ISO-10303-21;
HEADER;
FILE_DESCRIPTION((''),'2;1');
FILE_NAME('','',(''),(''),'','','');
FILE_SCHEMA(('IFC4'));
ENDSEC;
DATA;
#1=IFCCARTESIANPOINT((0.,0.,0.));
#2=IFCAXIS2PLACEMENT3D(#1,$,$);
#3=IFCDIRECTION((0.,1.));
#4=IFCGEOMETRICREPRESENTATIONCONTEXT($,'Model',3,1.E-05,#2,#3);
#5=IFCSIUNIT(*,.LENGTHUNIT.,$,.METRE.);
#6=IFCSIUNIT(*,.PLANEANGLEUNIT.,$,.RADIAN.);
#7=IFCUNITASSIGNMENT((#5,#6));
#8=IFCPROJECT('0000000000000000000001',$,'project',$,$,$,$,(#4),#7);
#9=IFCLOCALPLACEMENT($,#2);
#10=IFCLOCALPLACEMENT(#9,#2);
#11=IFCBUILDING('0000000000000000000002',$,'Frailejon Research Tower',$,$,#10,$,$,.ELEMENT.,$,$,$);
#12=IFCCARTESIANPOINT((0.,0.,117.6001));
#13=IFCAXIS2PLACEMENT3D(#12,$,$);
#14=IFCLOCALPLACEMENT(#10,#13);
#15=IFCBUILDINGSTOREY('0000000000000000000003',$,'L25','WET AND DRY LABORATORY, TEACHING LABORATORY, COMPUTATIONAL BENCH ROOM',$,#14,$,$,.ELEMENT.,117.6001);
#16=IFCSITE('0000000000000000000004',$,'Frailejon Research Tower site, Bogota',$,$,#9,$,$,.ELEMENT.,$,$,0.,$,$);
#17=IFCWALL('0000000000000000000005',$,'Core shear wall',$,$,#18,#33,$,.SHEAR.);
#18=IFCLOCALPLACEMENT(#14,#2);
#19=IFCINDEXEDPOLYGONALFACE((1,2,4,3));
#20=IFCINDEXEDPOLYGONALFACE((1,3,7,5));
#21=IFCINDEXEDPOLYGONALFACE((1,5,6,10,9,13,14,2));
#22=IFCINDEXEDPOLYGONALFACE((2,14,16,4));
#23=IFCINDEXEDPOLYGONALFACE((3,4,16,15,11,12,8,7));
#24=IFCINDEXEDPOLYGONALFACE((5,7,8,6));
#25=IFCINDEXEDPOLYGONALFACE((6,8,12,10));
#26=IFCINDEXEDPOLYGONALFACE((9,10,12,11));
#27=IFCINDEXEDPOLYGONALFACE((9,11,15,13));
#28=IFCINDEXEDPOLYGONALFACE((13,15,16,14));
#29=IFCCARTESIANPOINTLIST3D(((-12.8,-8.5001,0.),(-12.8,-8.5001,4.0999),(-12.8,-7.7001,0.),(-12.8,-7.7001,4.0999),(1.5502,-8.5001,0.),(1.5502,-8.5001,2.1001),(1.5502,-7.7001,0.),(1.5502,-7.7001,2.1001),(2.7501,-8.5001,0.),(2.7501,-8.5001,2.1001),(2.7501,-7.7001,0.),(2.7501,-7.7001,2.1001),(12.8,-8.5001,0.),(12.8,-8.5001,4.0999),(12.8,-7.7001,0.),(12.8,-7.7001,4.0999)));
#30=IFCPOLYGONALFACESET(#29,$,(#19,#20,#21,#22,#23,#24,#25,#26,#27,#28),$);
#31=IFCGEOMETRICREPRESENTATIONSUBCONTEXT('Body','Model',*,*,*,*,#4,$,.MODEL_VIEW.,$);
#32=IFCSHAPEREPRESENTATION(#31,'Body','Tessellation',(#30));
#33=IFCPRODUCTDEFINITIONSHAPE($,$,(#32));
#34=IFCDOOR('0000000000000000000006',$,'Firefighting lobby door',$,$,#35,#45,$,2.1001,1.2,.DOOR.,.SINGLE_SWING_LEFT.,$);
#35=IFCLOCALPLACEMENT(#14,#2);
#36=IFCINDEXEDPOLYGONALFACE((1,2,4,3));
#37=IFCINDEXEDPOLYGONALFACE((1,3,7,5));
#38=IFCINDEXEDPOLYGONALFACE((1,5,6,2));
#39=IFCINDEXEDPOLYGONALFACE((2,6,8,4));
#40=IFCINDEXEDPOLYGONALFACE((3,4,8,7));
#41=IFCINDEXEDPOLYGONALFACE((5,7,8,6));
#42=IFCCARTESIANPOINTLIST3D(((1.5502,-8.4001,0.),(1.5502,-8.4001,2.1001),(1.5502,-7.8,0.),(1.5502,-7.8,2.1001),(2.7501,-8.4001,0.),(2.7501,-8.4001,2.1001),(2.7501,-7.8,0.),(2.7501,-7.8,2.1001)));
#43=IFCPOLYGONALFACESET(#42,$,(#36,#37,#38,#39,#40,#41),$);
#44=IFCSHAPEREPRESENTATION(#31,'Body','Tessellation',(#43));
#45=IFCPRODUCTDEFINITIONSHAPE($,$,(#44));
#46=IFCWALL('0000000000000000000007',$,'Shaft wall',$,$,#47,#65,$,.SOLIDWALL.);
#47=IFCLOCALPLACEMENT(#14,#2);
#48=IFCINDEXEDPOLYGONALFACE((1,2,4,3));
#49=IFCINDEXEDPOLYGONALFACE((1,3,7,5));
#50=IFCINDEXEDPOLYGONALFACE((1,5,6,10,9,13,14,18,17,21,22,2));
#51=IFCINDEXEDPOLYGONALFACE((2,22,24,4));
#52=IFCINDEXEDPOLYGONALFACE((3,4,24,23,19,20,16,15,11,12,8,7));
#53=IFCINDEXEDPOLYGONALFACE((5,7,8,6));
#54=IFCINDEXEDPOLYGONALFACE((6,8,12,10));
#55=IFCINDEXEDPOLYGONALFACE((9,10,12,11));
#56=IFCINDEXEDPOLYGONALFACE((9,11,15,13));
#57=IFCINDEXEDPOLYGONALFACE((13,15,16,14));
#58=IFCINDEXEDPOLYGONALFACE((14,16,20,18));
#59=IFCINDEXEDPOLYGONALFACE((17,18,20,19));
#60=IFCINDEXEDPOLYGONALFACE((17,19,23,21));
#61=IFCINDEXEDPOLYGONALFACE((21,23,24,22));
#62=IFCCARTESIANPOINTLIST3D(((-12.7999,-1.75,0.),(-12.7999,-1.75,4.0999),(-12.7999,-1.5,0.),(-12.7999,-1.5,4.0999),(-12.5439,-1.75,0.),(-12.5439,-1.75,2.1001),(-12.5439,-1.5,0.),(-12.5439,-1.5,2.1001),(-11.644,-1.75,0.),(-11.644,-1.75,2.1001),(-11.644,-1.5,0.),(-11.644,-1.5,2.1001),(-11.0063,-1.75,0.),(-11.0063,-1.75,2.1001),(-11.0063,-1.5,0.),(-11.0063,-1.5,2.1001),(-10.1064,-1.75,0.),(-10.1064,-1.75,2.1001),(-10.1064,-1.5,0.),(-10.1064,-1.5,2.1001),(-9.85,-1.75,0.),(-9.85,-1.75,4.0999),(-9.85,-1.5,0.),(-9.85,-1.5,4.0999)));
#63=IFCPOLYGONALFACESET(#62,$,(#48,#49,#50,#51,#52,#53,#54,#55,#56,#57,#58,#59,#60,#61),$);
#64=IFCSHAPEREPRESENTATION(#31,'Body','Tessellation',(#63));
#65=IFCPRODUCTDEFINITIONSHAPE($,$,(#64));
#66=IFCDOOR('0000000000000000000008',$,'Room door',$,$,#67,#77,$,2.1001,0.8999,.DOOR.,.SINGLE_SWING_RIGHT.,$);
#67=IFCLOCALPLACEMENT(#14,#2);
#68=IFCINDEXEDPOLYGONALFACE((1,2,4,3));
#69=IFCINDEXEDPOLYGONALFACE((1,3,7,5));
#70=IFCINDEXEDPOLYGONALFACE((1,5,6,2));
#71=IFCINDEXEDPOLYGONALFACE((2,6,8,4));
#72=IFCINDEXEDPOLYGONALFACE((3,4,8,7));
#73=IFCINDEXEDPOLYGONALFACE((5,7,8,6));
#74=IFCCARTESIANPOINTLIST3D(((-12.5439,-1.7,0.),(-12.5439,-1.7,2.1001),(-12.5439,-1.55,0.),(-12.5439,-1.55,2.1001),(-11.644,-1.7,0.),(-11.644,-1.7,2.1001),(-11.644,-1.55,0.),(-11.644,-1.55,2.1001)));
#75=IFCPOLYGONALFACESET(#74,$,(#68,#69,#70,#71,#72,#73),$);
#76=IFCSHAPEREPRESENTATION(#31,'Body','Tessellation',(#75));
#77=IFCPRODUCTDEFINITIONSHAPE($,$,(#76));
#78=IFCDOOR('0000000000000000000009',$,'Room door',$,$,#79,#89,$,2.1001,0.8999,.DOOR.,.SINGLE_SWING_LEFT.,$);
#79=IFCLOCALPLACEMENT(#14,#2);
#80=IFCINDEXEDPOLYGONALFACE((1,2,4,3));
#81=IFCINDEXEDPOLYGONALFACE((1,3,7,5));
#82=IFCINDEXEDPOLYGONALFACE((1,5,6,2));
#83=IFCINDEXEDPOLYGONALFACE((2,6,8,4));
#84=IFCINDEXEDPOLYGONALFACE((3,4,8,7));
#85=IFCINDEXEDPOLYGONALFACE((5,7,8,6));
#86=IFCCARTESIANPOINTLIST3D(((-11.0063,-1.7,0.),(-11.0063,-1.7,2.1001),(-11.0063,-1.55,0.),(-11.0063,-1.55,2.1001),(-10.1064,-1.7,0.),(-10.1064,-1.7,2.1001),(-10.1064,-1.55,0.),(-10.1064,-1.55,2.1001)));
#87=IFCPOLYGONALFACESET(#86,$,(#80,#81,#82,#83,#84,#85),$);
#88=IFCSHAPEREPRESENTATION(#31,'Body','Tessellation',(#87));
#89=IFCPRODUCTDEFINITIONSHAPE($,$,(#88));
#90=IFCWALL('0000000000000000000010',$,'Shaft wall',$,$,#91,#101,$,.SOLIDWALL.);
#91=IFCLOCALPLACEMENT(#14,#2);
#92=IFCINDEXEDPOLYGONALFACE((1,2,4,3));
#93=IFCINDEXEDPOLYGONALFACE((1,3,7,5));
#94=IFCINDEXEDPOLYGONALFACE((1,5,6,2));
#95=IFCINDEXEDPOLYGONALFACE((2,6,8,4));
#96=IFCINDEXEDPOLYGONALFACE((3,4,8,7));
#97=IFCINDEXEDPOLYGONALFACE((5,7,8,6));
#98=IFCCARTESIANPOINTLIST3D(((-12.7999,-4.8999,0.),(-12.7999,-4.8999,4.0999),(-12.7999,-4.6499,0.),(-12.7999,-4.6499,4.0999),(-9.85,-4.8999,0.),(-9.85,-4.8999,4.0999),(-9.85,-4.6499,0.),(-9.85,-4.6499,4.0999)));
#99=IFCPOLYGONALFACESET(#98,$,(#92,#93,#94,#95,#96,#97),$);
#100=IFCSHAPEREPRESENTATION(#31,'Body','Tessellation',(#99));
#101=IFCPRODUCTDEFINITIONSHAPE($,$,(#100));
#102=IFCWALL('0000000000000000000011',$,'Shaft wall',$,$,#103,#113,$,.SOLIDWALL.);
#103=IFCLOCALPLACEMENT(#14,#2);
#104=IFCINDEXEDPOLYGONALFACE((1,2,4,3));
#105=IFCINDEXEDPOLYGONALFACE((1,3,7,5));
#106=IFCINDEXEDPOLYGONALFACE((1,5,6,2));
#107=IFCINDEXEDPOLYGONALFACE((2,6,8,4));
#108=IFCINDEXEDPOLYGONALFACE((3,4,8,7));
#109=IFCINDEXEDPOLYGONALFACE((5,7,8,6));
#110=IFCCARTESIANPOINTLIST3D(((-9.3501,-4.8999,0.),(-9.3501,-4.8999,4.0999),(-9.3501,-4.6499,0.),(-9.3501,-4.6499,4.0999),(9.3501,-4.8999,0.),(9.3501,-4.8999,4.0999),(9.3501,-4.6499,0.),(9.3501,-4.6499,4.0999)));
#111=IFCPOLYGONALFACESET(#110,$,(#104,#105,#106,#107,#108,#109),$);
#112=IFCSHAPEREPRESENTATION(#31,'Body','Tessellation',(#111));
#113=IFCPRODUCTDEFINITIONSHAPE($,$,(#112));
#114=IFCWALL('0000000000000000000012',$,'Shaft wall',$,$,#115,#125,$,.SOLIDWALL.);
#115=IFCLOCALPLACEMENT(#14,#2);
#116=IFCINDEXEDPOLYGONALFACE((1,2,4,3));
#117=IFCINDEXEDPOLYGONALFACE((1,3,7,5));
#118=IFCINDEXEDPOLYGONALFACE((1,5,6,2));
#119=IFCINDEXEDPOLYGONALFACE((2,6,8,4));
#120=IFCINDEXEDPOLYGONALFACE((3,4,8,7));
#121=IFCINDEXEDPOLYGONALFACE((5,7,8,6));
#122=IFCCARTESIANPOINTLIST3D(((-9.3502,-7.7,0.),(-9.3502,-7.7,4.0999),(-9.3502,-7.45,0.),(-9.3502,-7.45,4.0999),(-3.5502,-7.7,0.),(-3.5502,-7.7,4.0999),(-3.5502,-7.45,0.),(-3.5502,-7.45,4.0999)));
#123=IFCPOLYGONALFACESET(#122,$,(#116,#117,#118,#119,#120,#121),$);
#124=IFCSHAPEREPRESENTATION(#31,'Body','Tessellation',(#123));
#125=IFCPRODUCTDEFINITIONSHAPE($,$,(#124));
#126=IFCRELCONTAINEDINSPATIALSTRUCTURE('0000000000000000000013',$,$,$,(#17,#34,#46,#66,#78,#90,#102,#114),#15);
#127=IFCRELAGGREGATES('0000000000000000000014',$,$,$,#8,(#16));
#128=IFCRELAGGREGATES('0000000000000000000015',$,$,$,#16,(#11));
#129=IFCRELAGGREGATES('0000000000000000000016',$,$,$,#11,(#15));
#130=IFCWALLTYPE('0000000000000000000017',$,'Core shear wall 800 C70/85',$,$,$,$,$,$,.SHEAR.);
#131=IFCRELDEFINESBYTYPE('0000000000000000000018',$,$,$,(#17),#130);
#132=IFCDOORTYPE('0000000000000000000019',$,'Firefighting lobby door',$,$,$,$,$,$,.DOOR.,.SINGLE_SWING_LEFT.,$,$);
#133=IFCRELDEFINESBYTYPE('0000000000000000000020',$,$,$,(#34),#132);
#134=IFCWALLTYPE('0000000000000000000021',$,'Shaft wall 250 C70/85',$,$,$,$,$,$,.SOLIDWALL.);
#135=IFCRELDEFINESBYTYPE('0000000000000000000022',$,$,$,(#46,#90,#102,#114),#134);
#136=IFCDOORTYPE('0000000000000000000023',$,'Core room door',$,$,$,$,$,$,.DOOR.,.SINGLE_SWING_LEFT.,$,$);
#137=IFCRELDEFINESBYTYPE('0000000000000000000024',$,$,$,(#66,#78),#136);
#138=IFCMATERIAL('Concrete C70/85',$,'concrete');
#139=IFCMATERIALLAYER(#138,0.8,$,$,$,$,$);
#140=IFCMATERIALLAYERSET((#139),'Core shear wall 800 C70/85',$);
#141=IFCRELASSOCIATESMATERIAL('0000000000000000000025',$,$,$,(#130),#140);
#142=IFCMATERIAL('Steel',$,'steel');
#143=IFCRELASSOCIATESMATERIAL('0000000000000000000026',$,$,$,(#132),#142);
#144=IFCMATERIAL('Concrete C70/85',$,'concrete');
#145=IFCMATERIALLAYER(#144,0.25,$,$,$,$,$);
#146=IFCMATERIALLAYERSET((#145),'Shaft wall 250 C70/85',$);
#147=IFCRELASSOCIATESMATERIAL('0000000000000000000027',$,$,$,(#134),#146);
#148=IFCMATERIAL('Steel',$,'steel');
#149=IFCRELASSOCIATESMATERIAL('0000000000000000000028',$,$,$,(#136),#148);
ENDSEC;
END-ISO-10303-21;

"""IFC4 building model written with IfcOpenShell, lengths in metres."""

from ifc_helpers import new_model, si_unit, direction, frame, frame_2d, origin, place, context, subcontext, project, spatial, rectangle, extrude, material, layer, layer_set, type_object, element, fill, save


model = new_model("IFC4")

# Units and contexts
model_context = context("Model", 3, precision=1e-05, world=origin(), true_north=direction((0.0, 1.0)))
body_context = subcontext(model_context, "Body", "Model", "MODEL_VIEW")
ifc_project = project(units=[si_unit("LENGTHUNIT", "METRE"), si_unit("PLANEANGLEUNIT", "RADIAN")], contexts=[model_context])

# Site, building, storey
site_placement = place(None, origin())
site = spatial("IfcSite", under=ifc_project, at=site_placement, Name="Frailejon Research Tower site, Bogota", CompositionType="ELEMENT", RefElevation=0.0)
building_placement = place(site_placement, origin())
building = spatial("IfcBuilding", under=site, at=building_placement, Name="Frailejon Research Tower", CompositionType="ELEMENT")
storey_placement = place(building_placement, frame((0.0, 0.0, 117.6001)))
storey = spatial("IfcBuildingStorey", under=building, at=storey_placement, Name="L25", Description="WET AND DRY LABORATORY, TEACHING LABORATORY, COMPUTATIONAL BENCH ROOM", CompositionType="ELEMENT", Elevation=117.6001)

# Shared definitions
ifc_material_1 = material(Name="Concrete C70/85", Category="concrete")
ifc_layer_1 = layer(ifc_material_1, 0.8)
ifc_layer_set_1 = layer_set([ifc_layer_1], Name="Core shear wall 800 C70/85")
wall_type_1 = type_object("IfcWallType", Name="Core shear wall 800 C70/85", PredefinedType="SHEAR", material=ifc_layer_set_1)

# Wall, opening, door
wall_1_placement = place(storey_placement, frame((-12.8, -8.1001, 0.0), z_axis=(0.0, 0.0, 1.0), x_axis=(1.0, 0.0, 0.0)))
wall_1 = element("IfcWall", 1, at=wall_1_placement, inside=storey, type_object=wall_type_1, Name="Core shear wall", PredefinedType="SHEAR", context=body_context, shape_type="SweptSolid", body=[
    extrude(rectangle(XDim=25.6001, YDim=0.8, at=frame_2d((12.8, 0.0))), origin(), (0.0, 0.0, 1.0), 4.0999),
])
opening_1_placement = place(wall_1_placement, frame((14.3501, 0.0, 0.0)))
opening_1 = element("IfcOpeningElement", 2, at=opening_1_placement, cuts=wall_1, PredefinedType="OPENING", context=body_context, shape_type="SweptSolid", body=[
    extrude(rectangle(XDim=1.2, YDim=2.1001, at=frame_2d((0.6001, 1.05))), frame((0.0, 0.4099, 0.0), z_axis=(0.0, -1.0, 0.0), x_axis=(1.0, 0.0, 0.0)), (0.0, 0.0, 1.0), 0.8201),
])
ifc_material_2 = material(Name="Steel", Category="steel")
door_type_1 = type_object("IfcDoorType", Name="Firefighting lobby door", OperationType="SINGLE_SWING_LEFT", PredefinedType="DOOR", material=ifc_material_2)
door_1_placement = place(opening_1_placement, origin())
door_1 = element("IfcDoor", 3, at=door_1_placement, inside=storey, type_object=door_type_1, Name="Firefighting lobby door", OperationType="SINGLE_SWING_LEFT", OverallHeight=2.1001, OverallWidth=1.2, PredefinedType="DOOR", context=body_context, shape_type="SweptSolid", body=[
    extrude(rectangle(XDim=1.2, YDim=2.1001, at=frame_2d((0.6001, 1.05))), frame((0.0, 0.3, 0.0), z_axis=(0.0, -1.0, 0.0), x_axis=(1.0, 0.0, 0.0)), (0.0, 0.0, 1.0), 0.6001),
])
fill(opening_1, door_1)

# Wall, openings, doors
ifc_material_3 = material(Name="Concrete C70/85", Category="concrete")
ifc_layer_2 = layer(ifc_material_3, 0.25)
ifc_layer_set_2 = layer_set([ifc_layer_2], Name="Shaft wall 250 C70/85")
wall_type_2 = type_object("IfcWallType", Name="Shaft wall 250 C70/85", PredefinedType="SOLIDWALL", material=ifc_layer_set_2)
wall_2_placement = place(storey_placement, frame((-12.8, -1.625, 0.0), z_axis=(0.0, 0.0, 1.0), x_axis=(1.0, 0.0, 0.0)))
wall_2 = element("IfcWall", 4, at=wall_2_placement, inside=storey, type_object=wall_type_2, Name="Shaft wall", PredefinedType="SOLIDWALL", context=body_context, shape_type="SweptSolid", body=[
    extrude(rectangle(XDim=2.95, YDim=0.25, at=frame_2d((1.4751, 0.0))), origin(), (0.0, 0.0, 1.0), 4.0999),
])
opening_2_placement = place(wall_2_placement, frame((0.2561, 0.0, 0.0)))
opening_2 = element("IfcOpeningElement", 5, at=opening_2_placement, cuts=wall_2, PredefinedType="OPENING", context=body_context, shape_type="SweptSolid", body=[
    extrude(rectangle(XDim=0.8999, YDim=2.1001, at=frame_2d((0.45, 1.05))), frame((0.0, 0.135, 0.0), z_axis=(0.0, -1.0, 0.0), x_axis=(1.0, 0.0, 0.0)), (0.0, 0.0, 1.0), 0.27),
])
opening_3_placement = place(wall_2_placement, frame((1.7937, 0.0, 0.0)))
opening_3 = element("IfcOpeningElement", 6, at=opening_3_placement, cuts=wall_2, PredefinedType="OPENING", context=body_context, shape_type="SweptSolid", body=[
    extrude(rectangle(XDim=0.8999, YDim=2.1001, at=frame_2d((0.45, 1.05))), frame((0.0, 0.135, 0.0), z_axis=(0.0, -1.0, 0.0), x_axis=(1.0, 0.0, 0.0)), (0.0, 0.0, 1.0), 0.27),
])
ifc_material_4 = material(Name="Steel", Category="steel")
door_type_2 = type_object("IfcDoorType", Name="Core room door", OperationType="SINGLE_SWING_LEFT", PredefinedType="DOOR", material=ifc_material_4)
door_2_placement = place(opening_2_placement, origin())
door_2 = element("IfcDoor", 7, at=door_2_placement, inside=storey, type_object=door_type_2, Name="Room door", OperationType="SINGLE_SWING_RIGHT", OverallHeight=2.1001, OverallWidth=0.8999, PredefinedType="DOOR", context=body_context, shape_type="SweptSolid", body=[
    extrude(rectangle(XDim=0.8999, YDim=2.1001, at=frame_2d((0.45, 1.05))), frame((0.0, 0.075, 0.0), z_axis=(0.0, -1.0, 0.0), x_axis=(1.0, 0.0, 0.0)), (0.0, 0.0, 1.0), 0.1499),
])
fill(opening_2, door_2)
door_3_placement = place(opening_3_placement, origin())
door_3 = element("IfcDoor", 8, at=door_3_placement, inside=storey, type_object=door_type_2, Name="Room door", OperationType="SINGLE_SWING_LEFT", OverallHeight=2.1001, OverallWidth=0.8999, PredefinedType="DOOR", context=body_context, shape_type="SweptSolid", body=[
    extrude(rectangle(XDim=0.8999, YDim=2.1001, at=frame_2d((0.45, 1.05))), frame((0.0, 0.075, 0.0), z_axis=(0.0, -1.0, 0.0), x_axis=(1.0, 0.0, 0.0)), (0.0, 0.0, 1.0), 0.1499),
])
fill(opening_3, door_3)

# Walls
wall_3_placement = place(storey_placement, frame((-12.8, -4.7749, 0.0), z_axis=(0.0, 0.0, 1.0), x_axis=(1.0, 0.0, 0.0)))
element("IfcWall", 9, at=wall_3_placement, inside=storey, type_object=wall_type_2, Name="Shaft wall", PredefinedType="SOLIDWALL", context=body_context, shape_type="SweptSolid", body=[
    extrude(rectangle(XDim=2.95, YDim=0.25, at=frame_2d((1.4751, 0.0))), origin(), (0.0, 0.0, 1.0), 4.0999),
])
wall_4_placement = place(storey_placement, frame((-9.3501, -4.7749, 0.0), z_axis=(0.0, 0.0, 1.0), x_axis=(1.0, 0.0, 0.0)))
element("IfcWall", 10, at=wall_4_placement, inside=storey, type_object=wall_type_2, Name="Shaft wall", PredefinedType="SOLIDWALL", context=body_context, shape_type="SweptSolid", body=[
    extrude(rectangle(XDim=18.7002, YDim=0.25, at=frame_2d((9.3501, 0.0))), origin(), (0.0, 0.0, 1.0), 4.0999),
])
wall_5_placement = place(storey_placement, frame((-9.3501, -7.575, 0.0), z_axis=(0.0, 0.0, 1.0), x_axis=(1.0, 0.0, 0.0)))
element("IfcWall", 11, at=wall_5_placement, inside=storey, type_object=wall_type_2, Name="Shaft wall", PredefinedType="SOLIDWALL", context=body_context, shape_type="SweptSolid", body=[
    extrude(rectangle(XDim=5.8, YDim=0.25, at=frame_2d((2.8999, 0.0))), origin(), (0.0, 0.0, 1.0), 4.0999),
])

save(model, "model.ifc")
